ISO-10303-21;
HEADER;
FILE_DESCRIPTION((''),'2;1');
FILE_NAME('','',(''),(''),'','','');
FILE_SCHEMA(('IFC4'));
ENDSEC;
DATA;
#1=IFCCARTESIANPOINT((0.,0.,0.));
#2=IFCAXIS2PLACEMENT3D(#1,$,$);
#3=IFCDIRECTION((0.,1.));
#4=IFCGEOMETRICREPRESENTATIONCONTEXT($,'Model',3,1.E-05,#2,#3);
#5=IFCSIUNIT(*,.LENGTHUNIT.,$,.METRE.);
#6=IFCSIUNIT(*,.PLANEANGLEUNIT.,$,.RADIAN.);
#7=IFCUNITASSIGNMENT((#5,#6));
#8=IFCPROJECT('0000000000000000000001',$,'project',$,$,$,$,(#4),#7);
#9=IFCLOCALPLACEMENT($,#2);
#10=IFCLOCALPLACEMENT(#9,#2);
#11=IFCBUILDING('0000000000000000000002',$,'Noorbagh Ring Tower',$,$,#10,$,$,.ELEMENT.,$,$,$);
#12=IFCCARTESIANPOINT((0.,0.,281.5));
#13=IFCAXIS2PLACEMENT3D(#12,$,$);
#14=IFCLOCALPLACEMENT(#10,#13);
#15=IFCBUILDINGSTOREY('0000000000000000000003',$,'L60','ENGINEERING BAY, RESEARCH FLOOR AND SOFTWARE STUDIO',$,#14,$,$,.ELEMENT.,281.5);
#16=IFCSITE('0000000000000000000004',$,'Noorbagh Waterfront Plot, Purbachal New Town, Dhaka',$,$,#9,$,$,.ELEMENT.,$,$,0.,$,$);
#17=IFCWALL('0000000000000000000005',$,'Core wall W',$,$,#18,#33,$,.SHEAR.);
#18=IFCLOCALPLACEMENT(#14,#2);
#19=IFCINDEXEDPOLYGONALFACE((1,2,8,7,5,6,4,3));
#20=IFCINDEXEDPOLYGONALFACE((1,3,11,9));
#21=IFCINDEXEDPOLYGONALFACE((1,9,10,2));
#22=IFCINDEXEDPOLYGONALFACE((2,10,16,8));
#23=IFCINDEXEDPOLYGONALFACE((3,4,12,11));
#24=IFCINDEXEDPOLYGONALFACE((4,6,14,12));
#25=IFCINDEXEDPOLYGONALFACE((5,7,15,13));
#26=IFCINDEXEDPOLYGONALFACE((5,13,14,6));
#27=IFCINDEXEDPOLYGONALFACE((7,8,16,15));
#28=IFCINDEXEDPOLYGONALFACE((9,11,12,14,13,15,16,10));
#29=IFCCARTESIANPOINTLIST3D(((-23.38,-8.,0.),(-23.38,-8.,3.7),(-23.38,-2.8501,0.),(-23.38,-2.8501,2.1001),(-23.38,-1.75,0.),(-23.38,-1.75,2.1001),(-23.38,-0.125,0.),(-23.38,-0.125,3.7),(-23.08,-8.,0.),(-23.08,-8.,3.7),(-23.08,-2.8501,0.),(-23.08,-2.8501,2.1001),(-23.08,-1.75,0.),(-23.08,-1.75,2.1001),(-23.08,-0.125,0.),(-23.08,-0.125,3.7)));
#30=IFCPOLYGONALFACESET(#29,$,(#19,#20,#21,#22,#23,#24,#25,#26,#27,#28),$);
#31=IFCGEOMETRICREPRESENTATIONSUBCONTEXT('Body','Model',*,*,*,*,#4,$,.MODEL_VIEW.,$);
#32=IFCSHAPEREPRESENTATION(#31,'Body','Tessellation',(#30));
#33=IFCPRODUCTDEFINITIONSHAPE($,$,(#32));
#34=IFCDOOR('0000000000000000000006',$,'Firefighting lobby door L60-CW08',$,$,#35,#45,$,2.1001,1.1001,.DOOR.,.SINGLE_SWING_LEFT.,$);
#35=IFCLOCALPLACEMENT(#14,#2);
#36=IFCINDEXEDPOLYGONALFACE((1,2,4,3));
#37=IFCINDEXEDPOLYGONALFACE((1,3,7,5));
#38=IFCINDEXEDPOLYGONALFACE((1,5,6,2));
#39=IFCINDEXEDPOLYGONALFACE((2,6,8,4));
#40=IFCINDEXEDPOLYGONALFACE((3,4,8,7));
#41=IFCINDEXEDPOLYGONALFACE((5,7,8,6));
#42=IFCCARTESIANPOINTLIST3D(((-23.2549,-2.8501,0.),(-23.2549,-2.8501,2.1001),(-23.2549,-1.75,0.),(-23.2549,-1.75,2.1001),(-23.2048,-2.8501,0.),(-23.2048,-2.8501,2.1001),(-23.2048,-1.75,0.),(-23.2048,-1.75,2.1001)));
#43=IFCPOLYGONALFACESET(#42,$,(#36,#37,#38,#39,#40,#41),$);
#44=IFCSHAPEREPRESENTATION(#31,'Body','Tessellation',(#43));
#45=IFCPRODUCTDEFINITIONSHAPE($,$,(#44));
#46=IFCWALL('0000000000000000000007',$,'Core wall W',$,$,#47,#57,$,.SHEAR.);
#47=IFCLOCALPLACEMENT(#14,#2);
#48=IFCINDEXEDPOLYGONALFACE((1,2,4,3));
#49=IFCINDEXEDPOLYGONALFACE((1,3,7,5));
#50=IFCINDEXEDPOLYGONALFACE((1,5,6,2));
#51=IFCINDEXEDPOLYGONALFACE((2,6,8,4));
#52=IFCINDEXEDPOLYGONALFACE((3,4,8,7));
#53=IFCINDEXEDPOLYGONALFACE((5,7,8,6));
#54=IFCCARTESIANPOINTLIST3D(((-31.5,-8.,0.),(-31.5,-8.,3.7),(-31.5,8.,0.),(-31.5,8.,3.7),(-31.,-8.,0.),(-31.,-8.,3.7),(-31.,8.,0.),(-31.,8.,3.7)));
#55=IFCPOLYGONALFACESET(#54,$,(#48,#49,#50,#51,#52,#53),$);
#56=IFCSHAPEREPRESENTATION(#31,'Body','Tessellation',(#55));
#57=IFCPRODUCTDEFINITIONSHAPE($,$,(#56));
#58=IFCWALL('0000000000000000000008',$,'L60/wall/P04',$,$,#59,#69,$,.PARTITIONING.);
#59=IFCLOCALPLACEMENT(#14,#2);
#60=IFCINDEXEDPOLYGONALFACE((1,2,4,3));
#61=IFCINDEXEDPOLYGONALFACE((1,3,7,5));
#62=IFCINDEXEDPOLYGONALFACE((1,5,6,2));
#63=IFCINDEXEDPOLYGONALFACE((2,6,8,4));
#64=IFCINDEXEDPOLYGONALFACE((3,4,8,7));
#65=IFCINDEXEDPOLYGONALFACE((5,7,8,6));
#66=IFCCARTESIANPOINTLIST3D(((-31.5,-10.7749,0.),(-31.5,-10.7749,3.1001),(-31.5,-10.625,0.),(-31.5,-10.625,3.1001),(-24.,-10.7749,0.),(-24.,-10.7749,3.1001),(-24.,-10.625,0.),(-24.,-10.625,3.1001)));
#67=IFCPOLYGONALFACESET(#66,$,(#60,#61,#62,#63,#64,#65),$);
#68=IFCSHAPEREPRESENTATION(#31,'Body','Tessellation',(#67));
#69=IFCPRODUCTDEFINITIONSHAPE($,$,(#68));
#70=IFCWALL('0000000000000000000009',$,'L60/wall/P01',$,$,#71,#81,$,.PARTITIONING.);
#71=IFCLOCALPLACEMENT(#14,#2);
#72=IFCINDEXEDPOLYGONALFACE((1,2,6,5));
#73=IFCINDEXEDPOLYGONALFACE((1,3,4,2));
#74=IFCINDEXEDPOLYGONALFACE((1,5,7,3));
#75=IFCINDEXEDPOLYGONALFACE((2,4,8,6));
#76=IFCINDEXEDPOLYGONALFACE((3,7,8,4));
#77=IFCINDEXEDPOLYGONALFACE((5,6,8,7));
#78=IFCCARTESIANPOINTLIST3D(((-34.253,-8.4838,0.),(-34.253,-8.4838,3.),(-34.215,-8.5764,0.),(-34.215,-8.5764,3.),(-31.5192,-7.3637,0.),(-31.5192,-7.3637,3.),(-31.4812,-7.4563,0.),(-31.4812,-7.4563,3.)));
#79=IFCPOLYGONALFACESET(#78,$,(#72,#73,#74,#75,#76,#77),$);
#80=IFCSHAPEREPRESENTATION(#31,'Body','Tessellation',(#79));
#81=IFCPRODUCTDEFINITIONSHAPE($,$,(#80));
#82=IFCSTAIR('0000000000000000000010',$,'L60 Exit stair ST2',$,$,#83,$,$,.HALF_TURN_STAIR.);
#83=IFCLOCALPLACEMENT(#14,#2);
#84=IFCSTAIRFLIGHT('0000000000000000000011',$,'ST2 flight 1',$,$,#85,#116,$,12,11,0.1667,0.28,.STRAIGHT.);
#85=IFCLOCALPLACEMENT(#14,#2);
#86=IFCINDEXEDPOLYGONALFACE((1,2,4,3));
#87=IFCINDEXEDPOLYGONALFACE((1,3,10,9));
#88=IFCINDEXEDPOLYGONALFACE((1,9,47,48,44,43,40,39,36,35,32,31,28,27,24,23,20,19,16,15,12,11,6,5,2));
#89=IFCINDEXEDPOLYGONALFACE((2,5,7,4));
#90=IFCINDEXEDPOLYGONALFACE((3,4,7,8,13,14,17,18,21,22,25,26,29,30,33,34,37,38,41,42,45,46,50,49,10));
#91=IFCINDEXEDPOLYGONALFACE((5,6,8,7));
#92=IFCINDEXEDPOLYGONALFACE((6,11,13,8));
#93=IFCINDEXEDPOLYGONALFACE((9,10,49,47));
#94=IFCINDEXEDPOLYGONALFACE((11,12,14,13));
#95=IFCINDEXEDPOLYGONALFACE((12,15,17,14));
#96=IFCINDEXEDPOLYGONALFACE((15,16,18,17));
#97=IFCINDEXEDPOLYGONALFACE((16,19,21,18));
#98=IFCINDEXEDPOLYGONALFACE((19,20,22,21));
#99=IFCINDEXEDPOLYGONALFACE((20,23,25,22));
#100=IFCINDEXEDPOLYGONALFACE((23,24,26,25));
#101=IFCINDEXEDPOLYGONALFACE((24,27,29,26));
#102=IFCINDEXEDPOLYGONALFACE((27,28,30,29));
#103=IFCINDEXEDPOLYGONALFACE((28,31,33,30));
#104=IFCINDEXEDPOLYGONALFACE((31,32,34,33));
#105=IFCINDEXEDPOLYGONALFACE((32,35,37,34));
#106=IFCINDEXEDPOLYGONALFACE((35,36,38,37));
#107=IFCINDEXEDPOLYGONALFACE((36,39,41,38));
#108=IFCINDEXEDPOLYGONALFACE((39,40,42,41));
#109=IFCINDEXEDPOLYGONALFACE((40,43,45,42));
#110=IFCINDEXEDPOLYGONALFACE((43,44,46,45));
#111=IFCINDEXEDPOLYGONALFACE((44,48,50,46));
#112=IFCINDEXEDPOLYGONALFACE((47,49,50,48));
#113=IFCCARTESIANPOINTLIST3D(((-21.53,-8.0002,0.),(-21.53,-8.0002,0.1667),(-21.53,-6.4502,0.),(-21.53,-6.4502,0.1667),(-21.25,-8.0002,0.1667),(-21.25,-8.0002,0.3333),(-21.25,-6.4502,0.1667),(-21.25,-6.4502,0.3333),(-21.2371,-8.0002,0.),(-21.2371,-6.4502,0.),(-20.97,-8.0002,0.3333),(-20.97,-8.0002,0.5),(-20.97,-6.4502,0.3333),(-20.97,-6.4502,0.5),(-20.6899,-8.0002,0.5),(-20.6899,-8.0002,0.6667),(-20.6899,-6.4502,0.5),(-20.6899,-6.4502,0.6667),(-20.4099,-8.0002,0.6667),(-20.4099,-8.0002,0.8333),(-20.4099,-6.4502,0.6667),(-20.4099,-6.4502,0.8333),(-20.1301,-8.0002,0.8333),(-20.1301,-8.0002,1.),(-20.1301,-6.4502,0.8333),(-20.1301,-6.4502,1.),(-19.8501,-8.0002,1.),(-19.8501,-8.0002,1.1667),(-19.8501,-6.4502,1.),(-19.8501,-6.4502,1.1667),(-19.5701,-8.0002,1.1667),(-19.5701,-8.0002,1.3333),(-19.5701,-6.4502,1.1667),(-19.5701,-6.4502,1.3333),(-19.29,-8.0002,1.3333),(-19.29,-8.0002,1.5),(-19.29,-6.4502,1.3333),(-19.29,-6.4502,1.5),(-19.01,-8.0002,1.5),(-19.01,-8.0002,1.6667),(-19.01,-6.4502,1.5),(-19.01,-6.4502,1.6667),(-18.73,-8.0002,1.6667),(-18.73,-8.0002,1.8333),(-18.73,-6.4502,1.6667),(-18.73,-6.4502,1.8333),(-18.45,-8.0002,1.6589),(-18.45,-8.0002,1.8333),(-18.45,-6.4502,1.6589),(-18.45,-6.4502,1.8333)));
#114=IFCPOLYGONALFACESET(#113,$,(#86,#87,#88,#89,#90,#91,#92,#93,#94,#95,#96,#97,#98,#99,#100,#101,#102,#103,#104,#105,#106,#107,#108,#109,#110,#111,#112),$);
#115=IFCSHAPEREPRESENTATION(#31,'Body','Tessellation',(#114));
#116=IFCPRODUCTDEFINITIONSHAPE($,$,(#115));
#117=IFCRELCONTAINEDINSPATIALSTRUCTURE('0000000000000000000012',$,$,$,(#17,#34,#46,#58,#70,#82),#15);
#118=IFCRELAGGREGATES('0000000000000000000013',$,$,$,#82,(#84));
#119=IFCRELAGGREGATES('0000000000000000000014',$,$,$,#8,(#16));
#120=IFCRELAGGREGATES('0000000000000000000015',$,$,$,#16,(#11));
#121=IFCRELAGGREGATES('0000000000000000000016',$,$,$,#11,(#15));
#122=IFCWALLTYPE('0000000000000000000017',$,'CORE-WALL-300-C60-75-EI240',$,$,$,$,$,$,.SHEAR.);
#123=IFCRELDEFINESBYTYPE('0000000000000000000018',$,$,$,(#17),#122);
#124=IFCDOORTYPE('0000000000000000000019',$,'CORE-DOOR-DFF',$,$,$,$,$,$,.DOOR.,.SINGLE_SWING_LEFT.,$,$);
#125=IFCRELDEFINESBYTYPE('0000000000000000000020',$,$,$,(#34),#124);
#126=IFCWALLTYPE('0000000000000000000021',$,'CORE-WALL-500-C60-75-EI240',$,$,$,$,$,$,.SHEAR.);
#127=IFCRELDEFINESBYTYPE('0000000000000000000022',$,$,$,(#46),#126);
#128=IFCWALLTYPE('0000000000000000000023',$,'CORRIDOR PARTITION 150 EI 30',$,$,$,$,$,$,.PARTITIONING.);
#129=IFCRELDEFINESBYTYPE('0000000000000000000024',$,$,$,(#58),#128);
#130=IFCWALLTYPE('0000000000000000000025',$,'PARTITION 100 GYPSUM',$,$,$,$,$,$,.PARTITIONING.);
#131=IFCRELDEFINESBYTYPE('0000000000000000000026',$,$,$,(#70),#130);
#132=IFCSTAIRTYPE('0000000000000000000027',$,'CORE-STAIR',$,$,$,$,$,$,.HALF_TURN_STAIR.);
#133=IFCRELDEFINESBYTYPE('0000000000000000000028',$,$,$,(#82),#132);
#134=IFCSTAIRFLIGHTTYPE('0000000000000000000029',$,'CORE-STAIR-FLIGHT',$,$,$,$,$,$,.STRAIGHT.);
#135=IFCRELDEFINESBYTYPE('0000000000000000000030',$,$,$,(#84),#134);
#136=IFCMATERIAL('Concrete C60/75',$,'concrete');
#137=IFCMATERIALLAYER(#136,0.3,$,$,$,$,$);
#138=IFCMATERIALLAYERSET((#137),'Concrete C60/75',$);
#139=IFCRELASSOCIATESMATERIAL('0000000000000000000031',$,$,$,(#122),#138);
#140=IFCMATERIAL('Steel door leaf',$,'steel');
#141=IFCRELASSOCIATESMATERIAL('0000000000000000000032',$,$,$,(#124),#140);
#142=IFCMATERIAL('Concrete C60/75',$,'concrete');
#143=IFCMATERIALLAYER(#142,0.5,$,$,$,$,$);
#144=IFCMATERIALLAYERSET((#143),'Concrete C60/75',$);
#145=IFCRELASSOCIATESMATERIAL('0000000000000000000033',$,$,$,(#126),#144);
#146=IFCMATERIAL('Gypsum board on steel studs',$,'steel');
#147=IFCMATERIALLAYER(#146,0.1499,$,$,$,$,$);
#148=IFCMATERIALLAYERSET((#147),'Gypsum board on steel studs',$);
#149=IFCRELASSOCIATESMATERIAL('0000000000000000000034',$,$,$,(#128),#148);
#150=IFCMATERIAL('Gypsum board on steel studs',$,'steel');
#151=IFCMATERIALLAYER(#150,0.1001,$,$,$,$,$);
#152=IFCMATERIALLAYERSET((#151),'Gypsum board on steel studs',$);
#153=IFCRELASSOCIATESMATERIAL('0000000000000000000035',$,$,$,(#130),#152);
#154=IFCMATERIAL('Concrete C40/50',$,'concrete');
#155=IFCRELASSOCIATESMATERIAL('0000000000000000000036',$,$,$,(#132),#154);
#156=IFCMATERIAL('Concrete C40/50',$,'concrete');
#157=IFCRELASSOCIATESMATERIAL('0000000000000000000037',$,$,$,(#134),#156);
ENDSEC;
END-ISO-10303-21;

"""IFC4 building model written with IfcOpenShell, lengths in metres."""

from ifc_helpers import new_model, si_unit, direction, frame, frame_2d, origin, place, context, subcontext, project, spatial, polyline, rectangle, outline, extrude, material, layer, layer_set, type_object, element, fill, aggregate, save


model = new_model("IFC4")

# Units and contexts
model_context = context("Model", 3, precision=1e-05, world=origin(), true_north=direction((0.0, 1.0)))
body_context = subcontext(model_context, "Body", "Model", "MODEL_VIEW")
ifc_project = project(units=[si_unit("LENGTHUNIT", "METRE"), si_unit("PLANEANGLEUNIT", "RADIAN")], contexts=[model_context])

# Site, building, storey
site_placement = place(None, origin())
site = spatial("IfcSite", under=ifc_project, at=site_placement, Name="Noorbagh Waterfront Plot, Purbachal New Town, Dhaka", CompositionType="ELEMENT", RefElevation=0.0)
building_placement = place(site_placement, origin())
building = spatial("IfcBuilding", under=site, at=building_placement, Name="Noorbagh Ring Tower", CompositionType="ELEMENT")
storey_placement = place(building_placement, frame((0.0, 0.0, 281.5)))
storey = spatial("IfcBuildingStorey", under=building, at=storey_placement, Name="L60", Description="ENGINEERING BAY, RESEARCH FLOOR AND SOFTWARE STUDIO", CompositionType="ELEMENT", Elevation=281.5)

# Shared definitions
ifc_material_1 = material(Name="Concrete C60/75", Category="concrete")
ifc_layer_1 = layer(ifc_material_1, 0.3)
ifc_layer_set_1 = layer_set([ifc_layer_1], Name="Concrete C60/75")
wall_type_1 = type_object("IfcWallType", Name="CORE-WALL-300-C60-75-EI240", PredefinedType="SHEAR", material=ifc_layer_set_1)

# Wall, opening, door
wall_1_placement = place(storey_placement, frame((-23.23, -8.0, 0.0), z_axis=(0.0, 0.0, 1.0), x_axis=(0.0, 1.0, 0.0)))
wall_1 = element("IfcWall", 1, at=wall_1_placement, inside=storey, type_object=wall_type_1, Name="Core wall W", PredefinedType="SHEAR", context=body_context, shape_type="SweptSolid", body=[
    extrude(rectangle(XDim=7.875, YDim=0.3, at=frame_2d((3.9375, 0.0))), origin(), (0.0, 0.0, 1.0), 3.7),
])
opening_1_placement = place(wall_1_placement, frame((5.1499, 0.0, 0.0)))
opening_1 = element("IfcOpeningElement", 2, at=opening_1_placement, cuts=wall_1, PredefinedType="OPENING", context=body_context, shape_type="SweptSolid", body=[
    extrude(rectangle(XDim=1.1001, YDim=2.1001, at=frame_2d((0.55, 1.05))), frame((0.0, 0.1602, 0.0), z_axis=(0.0, -1.0, 0.0), x_axis=(1.0, 0.0, 0.0)), (0.0, 0.0, 1.0), 0.3201),
])
ifc_material_2 = material(Name="Steel door leaf", Category="steel")
door_type_1 = type_object("IfcDoorType", Name="CORE-DOOR-DFF", OperationType="SINGLE_SWING_LEFT", PredefinedType="DOOR", material=ifc_material_2)
door_1_placement = place(opening_1_placement, origin())
door_1 = element("IfcDoor", 3, at=door_1_placement, inside=storey, type_object=door_type_1, Name="Firefighting lobby door L60-CW08", OperationType="SINGLE_SWING_LEFT", OverallHeight=2.1001, OverallWidth=1.1001, PredefinedType="DOOR", context=body_context, shape_type="SweptSolid", body=[
    extrude(rectangle(XDim=1.1001, YDim=2.1001, at=frame_2d((0.55, 1.05))), frame((0.0, 0.0249, 0.0), z_axis=(0.0, -1.0, 0.0), x_axis=(1.0, 0.0, 0.0)), (0.0, 0.0, 1.0), 0.05),
])
fill(opening_1, door_1)

# Walls
ifc_material_3 = material(Name="Concrete C60/75", Category="concrete")
ifc_layer_2 = layer(ifc_material_3, 0.5)
ifc_layer_set_2 = layer_set([ifc_layer_2], Name="Concrete C60/75")
wall_type_2 = type_object("IfcWallType", Name="CORE-WALL-500-C60-75-EI240", PredefinedType="SHEAR", material=ifc_layer_set_2)
wall_2_placement = place(storey_placement, frame((-31.25, -8.0, 0.0), z_axis=(0.0, 0.0, 1.0), x_axis=(0.0, 1.0, 0.0)))
element("IfcWall", 4, at=wall_2_placement, inside=storey, type_object=wall_type_2, Name="Core wall W", PredefinedType="SHEAR", context=body_context, shape_type="SweptSolid", body=[
    extrude(rectangle(XDim=16.0, YDim=0.5, at=frame_2d((8.0, 0.0))), origin(), (0.0, 0.0, 1.0), 3.7),
])
ifc_material_4 = material(Name="Gypsum board on steel studs", Category="steel")
ifc_layer_3 = layer(ifc_material_4, 0.1499)
ifc_layer_set_3 = layer_set([ifc_layer_3], Name="Gypsum board on steel studs")
wall_type_3 = type_object("IfcWallType", Name="CORRIDOR PARTITION 150 EI 30", PredefinedType="PARTITIONING", material=ifc_layer_set_3)
wall_3_placement = place(storey_placement, frame((-31.5, -10.7, 0.0), z_axis=(0.0, 0.0, 1.0), x_axis=(1.0, 0.0, 0.0)))
element("IfcWall", 5, at=wall_3_placement, inside=storey, type_object=wall_type_3, Name="L60/wall/P04", PredefinedType="PARTITIONING", context=body_context, shape_type="SweptSolid", body=[
    extrude(rectangle(XDim=7.5, YDim=0.1499, at=frame_2d((3.75, 0.0))), origin(), (0.0, 0.0, 1.0), 3.1001),
])
ifc_material_5 = material(Name="Gypsum board on steel studs", Category="steel")
ifc_layer_4 = layer(ifc_material_5, 0.1001)
ifc_layer_set_4 = layer_set([ifc_layer_4], Name="Gypsum board on steel studs")
wall_type_4 = type_object("IfcWallType", Name="PARTITION 100 GYPSUM", PredefinedType="PARTITIONING", material=ifc_layer_set_4)
wall_4_placement = place(storey_placement, frame((-34.2339, -8.53, 0.0), z_axis=(0.0, 0.0, 1.0), x_axis=(0.925344, 0.379128, 0.0)))
element("IfcWall", 6, at=wall_4_placement, inside=storey, type_object=wall_type_4, Name="L60/wall/P01", PredefinedType="PARTITIONING", context=body_context, shape_type="SweptSolid", body=[
    extrude(rectangle(XDim=2.9543, YDim=0.1001, at=frame_2d((1.4771, 0.0))), origin(), (0.0, 0.0, 1.0), 3.0),
])

# Stair, stair flight
ifc_material_6 = material(Name="Concrete C40/50", Category="concrete")
stair_type = type_object("IfcStairType", Name="CORE-STAIR", PredefinedType="HALF_TURN_STAIR", material=ifc_material_6)
stair_placement = place(storey_placement, origin())
stair = element("IfcStair", 7, at=stair_placement, inside=storey, type_object=stair_type, Name="L60 Exit stair ST2", PredefinedType="HALF_TURN_STAIR")
ifc_material_7 = material(Name="Concrete C40/50", Category="concrete")
stair_flight_type = type_object("IfcStairFlightType", Name="CORE-STAIR-FLIGHT", PredefinedType="STRAIGHT", material=ifc_material_7)
stair_flight_placement = place(storey_placement, frame((-21.53, -7.2251, 0.0), z_axis=(0.0, 0.0, 1.0), x_axis=(1.0, 0.0, 0.0)))
stair_flight = element("IfcStairFlight", 8, at=stair_flight_placement, type_object=stair_flight_type, Name="ST2 flight 1", NumberOfRisers=12, NumberOfTreads=11, PredefinedType="STRAIGHT", RiserHeight=0.1667, TreadLength=0.28, context=body_context, shape_type="SweptSolid", body=[
    extrude(outline(polyline([(0.0, 0.0), (0.0, 0.1667), (0.28, 0.1667), (0.28, 0.3333), (0.5601, 0.3333), (0.5601, 0.5), (0.8401, 0.5), (0.8401, 0.6667), (1.1201, 0.6667), (1.1201, 0.8333), (1.3999, 0.8333), (1.3999, 1.0), (1.6799, 1.0), (1.6799, 1.1667), (1.96, 1.1667), (1.96, 1.3333), (2.24, 1.3333), (2.24, 1.5), (2.52, 1.5), (2.52, 1.6667), (2.8, 1.6667), (2.8, 1.8333), (3.0801, 1.8333), (3.0801, 2.0), (3.0801, 1.6589), (0.293, 0.0), (0.0, 0.0)])), frame((0.0, 0.7749, 0.0), z_axis=(0.0, -1.0, 0.0), x_axis=(1.0, 0.0, 0.0)), (0.0, 0.0, 1.0), 1.55),
])
aggregate(stair, [stair_flight])

save(model, "model.ifc")
